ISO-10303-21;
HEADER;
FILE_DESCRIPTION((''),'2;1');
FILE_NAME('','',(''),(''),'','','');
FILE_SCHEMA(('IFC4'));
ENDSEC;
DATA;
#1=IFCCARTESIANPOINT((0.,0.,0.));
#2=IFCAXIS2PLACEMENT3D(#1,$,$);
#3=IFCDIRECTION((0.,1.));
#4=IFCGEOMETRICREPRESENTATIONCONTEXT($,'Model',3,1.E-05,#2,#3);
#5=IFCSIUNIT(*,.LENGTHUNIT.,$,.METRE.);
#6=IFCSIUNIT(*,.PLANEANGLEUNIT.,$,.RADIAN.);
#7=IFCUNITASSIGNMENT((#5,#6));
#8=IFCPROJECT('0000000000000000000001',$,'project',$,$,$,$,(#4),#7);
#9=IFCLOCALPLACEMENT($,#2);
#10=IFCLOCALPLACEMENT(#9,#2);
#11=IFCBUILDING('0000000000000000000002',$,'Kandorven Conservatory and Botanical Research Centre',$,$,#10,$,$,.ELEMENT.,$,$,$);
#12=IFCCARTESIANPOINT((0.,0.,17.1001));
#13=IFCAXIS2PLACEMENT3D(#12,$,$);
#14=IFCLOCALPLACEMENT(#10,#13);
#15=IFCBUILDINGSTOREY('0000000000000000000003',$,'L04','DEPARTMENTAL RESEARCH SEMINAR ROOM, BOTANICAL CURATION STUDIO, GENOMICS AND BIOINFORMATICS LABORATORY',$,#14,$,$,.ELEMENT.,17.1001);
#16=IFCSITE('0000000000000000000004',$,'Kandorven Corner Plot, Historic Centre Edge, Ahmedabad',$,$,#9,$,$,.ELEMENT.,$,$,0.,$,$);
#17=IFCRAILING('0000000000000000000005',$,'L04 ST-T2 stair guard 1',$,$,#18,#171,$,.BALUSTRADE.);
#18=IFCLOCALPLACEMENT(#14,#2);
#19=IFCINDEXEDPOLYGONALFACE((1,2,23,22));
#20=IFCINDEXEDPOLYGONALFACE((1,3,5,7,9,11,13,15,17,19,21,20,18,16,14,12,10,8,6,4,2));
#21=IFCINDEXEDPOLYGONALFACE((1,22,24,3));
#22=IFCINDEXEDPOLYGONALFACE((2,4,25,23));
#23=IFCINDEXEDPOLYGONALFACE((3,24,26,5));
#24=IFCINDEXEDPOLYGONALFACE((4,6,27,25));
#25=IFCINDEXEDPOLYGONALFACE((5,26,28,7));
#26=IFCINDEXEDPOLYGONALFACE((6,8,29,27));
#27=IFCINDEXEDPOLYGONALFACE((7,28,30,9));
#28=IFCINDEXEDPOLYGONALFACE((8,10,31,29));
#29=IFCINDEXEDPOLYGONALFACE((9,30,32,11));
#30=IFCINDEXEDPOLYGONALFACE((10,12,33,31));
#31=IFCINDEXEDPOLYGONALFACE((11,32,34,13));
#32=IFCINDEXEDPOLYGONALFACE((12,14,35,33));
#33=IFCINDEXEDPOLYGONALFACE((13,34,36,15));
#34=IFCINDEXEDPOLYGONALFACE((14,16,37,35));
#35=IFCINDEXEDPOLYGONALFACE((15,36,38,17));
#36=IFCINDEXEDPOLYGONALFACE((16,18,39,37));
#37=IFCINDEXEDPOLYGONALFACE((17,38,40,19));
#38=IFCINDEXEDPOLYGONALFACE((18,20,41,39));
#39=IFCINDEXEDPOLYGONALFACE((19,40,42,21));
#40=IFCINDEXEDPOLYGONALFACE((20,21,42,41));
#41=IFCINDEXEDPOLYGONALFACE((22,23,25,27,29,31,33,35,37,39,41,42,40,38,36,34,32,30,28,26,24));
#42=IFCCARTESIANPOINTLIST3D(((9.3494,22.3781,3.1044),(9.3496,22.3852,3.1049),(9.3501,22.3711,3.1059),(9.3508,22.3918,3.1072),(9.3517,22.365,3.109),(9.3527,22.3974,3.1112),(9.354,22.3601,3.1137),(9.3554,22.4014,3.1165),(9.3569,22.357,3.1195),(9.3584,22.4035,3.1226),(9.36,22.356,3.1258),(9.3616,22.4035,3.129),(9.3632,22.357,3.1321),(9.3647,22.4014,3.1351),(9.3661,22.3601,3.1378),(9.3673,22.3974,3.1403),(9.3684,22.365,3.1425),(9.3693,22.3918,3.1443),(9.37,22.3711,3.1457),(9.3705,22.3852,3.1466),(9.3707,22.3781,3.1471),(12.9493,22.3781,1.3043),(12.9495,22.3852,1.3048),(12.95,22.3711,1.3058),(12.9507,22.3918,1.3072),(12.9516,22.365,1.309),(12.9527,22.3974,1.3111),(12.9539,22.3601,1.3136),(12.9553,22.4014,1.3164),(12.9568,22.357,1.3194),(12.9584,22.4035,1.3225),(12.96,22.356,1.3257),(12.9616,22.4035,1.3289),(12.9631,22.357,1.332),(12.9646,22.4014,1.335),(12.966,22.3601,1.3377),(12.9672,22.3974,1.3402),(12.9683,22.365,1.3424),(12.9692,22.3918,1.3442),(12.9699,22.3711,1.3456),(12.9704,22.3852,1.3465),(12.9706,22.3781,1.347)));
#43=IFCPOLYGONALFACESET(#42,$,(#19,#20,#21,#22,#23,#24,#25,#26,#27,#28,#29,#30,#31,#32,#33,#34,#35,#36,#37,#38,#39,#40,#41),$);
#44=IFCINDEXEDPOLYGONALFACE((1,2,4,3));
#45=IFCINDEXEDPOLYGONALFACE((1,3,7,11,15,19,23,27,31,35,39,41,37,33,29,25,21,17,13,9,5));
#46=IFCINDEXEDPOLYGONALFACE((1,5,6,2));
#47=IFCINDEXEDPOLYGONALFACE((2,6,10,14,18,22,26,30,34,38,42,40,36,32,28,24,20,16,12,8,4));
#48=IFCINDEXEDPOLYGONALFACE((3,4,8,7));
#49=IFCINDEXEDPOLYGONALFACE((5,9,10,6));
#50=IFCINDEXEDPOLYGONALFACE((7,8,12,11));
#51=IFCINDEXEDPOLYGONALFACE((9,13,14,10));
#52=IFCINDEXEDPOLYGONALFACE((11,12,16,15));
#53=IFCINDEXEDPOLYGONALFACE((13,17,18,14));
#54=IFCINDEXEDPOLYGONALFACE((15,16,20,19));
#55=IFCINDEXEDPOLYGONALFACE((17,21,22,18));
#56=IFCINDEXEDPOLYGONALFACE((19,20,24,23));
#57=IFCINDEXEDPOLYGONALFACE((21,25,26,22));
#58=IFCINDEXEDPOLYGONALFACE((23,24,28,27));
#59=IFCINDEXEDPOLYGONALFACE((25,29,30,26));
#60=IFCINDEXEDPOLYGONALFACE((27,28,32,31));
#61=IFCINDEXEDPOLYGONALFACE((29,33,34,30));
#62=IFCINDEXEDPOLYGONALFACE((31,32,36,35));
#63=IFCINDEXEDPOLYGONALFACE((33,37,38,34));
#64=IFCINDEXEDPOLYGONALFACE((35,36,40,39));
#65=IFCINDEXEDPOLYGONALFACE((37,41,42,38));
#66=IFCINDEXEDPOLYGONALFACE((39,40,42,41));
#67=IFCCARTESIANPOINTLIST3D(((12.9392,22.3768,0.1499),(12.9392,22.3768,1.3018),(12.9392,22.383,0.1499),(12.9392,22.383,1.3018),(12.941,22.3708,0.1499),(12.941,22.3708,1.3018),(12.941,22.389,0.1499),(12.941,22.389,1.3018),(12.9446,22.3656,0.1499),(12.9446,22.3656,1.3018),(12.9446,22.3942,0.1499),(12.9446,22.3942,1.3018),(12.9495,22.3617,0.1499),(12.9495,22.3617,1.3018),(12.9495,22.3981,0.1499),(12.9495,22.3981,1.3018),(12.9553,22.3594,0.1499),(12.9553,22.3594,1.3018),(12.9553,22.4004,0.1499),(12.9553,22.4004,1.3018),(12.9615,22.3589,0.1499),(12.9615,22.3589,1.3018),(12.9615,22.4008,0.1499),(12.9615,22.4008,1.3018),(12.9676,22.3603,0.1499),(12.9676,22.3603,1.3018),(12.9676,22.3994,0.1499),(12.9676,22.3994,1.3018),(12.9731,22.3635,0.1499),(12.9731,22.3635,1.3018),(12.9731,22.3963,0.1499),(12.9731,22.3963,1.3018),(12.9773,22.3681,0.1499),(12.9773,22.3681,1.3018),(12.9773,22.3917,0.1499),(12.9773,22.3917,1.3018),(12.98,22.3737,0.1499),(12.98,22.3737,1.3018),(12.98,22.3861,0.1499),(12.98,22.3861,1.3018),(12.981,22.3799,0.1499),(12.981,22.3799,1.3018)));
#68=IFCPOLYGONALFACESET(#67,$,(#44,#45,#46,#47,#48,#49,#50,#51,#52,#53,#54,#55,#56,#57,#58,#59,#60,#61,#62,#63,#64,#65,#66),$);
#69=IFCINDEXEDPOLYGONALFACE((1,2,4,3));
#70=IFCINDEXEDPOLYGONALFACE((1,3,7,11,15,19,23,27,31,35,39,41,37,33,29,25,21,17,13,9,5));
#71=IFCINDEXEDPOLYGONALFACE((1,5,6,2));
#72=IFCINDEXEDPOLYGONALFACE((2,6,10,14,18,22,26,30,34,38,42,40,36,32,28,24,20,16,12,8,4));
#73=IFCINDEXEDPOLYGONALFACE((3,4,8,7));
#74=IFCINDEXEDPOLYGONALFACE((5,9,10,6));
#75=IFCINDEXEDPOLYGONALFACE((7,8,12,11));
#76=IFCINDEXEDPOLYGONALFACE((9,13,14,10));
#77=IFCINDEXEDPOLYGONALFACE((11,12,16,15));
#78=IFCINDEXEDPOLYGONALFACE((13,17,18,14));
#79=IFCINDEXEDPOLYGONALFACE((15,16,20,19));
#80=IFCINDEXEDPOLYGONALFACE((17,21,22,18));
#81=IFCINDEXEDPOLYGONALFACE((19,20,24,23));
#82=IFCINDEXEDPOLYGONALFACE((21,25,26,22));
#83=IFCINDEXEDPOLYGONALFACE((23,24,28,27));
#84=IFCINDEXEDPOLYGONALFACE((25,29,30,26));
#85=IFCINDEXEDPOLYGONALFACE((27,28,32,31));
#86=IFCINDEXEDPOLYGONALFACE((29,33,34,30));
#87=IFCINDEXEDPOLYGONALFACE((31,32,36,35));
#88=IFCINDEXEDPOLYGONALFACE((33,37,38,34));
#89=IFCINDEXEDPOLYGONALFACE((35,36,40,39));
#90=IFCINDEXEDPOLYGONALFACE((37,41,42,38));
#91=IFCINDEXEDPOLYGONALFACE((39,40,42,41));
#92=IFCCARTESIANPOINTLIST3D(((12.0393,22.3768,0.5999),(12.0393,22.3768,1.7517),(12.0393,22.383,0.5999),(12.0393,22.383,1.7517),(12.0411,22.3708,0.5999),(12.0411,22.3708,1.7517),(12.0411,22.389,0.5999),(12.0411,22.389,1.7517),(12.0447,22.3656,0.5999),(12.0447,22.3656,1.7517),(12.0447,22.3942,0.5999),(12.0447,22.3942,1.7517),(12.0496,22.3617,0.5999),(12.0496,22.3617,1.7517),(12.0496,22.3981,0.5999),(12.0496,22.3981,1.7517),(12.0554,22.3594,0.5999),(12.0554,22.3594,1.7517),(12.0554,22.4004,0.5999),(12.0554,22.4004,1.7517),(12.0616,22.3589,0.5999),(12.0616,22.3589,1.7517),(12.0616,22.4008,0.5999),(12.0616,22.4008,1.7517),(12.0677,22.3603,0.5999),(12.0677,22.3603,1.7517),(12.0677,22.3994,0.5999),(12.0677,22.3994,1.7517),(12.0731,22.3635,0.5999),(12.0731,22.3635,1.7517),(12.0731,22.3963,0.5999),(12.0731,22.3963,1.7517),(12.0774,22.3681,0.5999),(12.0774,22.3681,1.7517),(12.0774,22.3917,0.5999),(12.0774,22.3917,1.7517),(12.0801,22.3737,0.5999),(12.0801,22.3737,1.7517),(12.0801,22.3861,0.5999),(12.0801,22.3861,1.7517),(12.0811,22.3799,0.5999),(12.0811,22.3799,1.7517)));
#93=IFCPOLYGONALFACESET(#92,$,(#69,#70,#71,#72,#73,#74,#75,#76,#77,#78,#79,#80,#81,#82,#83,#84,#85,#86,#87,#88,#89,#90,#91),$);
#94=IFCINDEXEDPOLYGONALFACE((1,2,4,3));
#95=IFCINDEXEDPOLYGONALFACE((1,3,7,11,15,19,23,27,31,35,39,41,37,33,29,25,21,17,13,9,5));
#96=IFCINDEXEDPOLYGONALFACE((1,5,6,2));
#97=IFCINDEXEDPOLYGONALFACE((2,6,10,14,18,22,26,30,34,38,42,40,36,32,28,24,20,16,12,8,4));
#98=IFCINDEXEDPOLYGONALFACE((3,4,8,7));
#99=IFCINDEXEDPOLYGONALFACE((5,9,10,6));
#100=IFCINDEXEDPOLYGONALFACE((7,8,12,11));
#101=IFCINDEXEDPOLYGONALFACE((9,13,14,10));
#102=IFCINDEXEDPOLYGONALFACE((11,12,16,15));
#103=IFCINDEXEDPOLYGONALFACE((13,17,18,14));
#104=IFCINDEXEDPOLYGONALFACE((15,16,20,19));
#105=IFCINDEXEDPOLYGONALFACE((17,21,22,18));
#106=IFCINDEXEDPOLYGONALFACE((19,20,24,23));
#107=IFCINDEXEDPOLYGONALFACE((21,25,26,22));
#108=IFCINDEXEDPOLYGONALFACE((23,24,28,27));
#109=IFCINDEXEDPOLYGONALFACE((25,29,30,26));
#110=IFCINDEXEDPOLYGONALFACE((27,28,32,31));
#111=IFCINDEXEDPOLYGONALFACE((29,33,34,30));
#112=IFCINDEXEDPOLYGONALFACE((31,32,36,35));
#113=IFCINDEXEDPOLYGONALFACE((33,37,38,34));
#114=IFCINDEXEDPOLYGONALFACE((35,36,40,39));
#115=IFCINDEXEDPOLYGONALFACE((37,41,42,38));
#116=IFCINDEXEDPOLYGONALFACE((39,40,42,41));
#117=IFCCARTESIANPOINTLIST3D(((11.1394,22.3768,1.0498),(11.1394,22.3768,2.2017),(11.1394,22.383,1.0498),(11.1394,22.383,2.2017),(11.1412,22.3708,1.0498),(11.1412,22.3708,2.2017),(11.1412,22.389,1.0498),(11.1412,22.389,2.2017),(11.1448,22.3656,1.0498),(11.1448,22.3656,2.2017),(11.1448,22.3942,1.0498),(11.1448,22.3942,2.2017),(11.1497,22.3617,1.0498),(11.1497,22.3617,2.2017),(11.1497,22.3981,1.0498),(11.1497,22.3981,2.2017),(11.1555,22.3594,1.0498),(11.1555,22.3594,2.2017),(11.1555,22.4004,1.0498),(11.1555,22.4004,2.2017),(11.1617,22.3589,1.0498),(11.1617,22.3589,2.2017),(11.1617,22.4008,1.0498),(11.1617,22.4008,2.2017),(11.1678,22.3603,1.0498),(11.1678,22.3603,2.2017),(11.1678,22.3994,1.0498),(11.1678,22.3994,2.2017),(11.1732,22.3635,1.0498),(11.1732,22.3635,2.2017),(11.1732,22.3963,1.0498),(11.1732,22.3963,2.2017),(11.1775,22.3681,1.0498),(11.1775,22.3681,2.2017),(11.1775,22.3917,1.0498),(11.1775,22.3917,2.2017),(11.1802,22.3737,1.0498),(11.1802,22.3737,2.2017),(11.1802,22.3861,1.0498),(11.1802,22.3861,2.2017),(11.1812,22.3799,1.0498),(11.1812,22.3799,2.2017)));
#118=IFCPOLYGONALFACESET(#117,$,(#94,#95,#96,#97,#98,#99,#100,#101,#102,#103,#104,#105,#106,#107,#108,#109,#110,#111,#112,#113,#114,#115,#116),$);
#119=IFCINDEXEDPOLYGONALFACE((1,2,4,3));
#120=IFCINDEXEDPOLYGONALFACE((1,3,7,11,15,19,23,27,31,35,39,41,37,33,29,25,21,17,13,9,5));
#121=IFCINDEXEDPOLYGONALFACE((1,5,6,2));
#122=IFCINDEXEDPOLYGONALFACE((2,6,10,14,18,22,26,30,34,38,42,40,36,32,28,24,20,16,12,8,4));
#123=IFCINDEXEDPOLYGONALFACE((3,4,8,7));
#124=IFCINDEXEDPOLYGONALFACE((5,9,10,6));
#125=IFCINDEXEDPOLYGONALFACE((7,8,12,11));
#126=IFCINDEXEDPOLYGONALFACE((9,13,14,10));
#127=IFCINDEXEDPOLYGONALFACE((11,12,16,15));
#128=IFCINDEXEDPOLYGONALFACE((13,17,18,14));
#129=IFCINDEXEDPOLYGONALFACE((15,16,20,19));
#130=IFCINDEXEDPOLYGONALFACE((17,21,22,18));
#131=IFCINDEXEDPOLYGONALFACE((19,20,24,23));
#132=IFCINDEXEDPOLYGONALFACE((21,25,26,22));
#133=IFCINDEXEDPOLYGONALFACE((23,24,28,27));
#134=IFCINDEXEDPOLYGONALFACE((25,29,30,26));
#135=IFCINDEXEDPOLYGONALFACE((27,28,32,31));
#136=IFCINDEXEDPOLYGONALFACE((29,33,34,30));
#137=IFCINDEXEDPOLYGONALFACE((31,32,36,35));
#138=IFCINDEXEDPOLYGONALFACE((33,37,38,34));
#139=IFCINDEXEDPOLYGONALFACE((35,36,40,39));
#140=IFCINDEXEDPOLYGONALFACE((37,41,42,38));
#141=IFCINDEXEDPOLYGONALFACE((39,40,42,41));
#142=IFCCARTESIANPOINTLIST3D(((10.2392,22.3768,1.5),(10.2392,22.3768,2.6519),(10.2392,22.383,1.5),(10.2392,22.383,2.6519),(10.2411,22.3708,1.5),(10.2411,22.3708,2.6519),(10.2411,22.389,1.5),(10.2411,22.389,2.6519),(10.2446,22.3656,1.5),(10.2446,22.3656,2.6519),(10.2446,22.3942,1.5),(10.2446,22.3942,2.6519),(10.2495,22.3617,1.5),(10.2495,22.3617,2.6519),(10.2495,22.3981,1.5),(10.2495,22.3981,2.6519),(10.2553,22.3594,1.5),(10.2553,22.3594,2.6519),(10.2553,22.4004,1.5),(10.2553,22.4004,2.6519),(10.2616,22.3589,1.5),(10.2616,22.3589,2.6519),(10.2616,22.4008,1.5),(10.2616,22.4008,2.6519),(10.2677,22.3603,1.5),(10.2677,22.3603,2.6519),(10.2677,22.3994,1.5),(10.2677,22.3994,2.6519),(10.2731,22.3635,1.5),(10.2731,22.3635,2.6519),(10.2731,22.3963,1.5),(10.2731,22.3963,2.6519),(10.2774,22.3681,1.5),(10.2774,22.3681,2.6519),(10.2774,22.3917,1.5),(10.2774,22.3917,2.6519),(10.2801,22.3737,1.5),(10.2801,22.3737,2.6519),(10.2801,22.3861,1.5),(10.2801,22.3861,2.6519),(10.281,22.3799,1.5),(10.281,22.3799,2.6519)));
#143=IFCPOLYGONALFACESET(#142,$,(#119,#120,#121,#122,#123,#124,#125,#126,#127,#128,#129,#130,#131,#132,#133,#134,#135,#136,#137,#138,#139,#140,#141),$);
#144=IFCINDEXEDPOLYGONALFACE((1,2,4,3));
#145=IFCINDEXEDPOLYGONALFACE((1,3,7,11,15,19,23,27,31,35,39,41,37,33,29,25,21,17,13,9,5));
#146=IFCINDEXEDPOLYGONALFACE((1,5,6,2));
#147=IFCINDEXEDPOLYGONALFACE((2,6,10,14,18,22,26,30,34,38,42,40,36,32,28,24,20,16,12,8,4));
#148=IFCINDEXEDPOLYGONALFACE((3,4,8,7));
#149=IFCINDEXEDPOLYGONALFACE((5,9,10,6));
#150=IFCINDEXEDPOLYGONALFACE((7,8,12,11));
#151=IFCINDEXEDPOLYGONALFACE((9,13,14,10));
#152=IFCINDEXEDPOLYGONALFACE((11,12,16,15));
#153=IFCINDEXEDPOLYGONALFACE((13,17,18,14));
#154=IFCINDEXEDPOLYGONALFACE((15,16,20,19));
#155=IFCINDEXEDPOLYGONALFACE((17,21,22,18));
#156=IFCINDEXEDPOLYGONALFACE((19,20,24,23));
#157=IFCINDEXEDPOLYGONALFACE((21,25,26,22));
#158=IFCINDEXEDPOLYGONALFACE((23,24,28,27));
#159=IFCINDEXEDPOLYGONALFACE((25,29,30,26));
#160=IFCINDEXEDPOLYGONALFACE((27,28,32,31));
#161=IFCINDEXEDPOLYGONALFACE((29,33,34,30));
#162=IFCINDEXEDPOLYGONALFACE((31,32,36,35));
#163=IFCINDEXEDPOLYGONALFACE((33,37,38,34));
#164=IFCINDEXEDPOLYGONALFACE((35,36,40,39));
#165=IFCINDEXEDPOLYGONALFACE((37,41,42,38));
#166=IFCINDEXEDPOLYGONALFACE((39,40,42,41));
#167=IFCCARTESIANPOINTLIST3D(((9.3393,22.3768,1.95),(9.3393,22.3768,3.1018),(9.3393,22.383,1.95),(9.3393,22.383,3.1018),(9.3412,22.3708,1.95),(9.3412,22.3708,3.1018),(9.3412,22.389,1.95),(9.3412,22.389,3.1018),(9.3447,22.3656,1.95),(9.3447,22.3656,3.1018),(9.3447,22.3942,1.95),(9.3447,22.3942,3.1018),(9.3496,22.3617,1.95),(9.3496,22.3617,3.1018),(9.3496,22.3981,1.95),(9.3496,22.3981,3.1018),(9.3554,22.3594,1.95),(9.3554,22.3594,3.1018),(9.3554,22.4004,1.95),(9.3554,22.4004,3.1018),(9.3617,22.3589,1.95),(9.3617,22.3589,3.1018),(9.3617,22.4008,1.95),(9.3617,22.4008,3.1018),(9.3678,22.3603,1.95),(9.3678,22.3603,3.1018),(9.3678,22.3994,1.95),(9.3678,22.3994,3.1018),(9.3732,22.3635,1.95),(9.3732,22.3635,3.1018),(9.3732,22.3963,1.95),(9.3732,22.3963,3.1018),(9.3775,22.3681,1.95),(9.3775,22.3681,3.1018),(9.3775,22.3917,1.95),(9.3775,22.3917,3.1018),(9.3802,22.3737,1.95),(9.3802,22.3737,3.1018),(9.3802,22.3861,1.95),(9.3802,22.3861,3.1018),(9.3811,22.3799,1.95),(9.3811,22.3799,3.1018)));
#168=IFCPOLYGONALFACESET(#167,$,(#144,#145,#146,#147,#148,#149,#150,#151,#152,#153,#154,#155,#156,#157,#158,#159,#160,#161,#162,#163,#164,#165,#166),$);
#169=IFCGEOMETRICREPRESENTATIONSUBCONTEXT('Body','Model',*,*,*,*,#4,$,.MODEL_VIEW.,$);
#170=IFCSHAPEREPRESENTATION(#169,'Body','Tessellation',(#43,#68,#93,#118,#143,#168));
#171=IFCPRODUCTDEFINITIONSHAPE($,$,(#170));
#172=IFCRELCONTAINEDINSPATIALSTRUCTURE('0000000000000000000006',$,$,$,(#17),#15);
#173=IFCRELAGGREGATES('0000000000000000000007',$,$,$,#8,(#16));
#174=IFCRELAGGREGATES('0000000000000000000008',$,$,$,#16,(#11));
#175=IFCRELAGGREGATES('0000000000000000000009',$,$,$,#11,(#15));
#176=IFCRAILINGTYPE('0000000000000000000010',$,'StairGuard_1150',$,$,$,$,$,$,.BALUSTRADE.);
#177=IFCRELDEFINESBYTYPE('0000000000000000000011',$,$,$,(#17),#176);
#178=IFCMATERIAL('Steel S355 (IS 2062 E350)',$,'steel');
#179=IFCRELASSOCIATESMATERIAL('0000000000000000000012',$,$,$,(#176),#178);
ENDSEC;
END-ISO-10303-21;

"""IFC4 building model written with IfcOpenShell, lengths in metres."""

from ifc_helpers import new_model, si_unit, direction, frame, origin, origin_2d, place, context, subcontext, project, spatial, circle, extrude, material, type_object, element, save


model = new_model("IFC4")

# Units and contexts
model_context = context("Model", 3, precision=1e-05, world=origin(), true_north=direction((0.0, 1.0)))
body_context = subcontext(model_context, "Body", "Model", "MODEL_VIEW")
ifc_project = project(units=[si_unit("LENGTHUNIT", "METRE"), si_unit("PLANEANGLEUNIT", "RADIAN")], contexts=[model_context])

# Site, building, storey
site_placement = place(None, origin())
site = spatial("IfcSite", under=ifc_project, at=site_placement, Name="Kandorven Corner Plot, Historic Centre Edge, Ahmedabad", CompositionType="ELEMENT", RefElevation=0.0)
building_placement = place(site_placement, origin())
building = spatial("IfcBuilding", under=site, at=building_placement, Name="Kandorven Conservatory and Botanical Research Centre", CompositionType="ELEMENT")
storey_placement = place(building_placement, frame((0.0, 0.0, 17.1001)))
storey = spatial("IfcBuildingStorey", under=building, at=storey_placement, Name="L04", Description="DEPARTMENTAL RESEARCH SEMINAR ROOM, BOTANICAL CURATION STUDIO, GENOMICS AND BIOINFORMATICS LABORATORY", CompositionType="ELEMENT", Elevation=17.1001)

# Railing
ifc_material_1 = material(Name="Steel S355 (IS 2062 E350)", Category="steel")
railing_type_1 = type_object("IfcRailingType", Name="StairGuard_1150", PredefinedType="BALUSTRADE", material=ifc_material_1)
railing_1_placement = place(storey_placement, frame((12.96, 22.3799, 0.1499)))
element("IfcRailing", 1, at=railing_1_placement, inside=storey, type_object=railing_type_1, Name="L04 ST-T2 stair guard 1", PredefinedType="BALUSTRADE", context=body_context, shape_type="SweptSolid", body=[
    extrude(circle(Radius=0.0239, at=origin_2d()), frame((0.0, 0.0, 1.1758), z_axis=(-0.894415, 0.0, 0.447238), x_axis=(0.0, -1.0, 0.0)), (0.0, 0.0, 1.0), 4.0249),
    extrude(circle(Radius=0.021, at=origin_2d()), origin(), (0.0, 0.0, 1.0), 1.1519),
    extrude(circle(Radius=0.021, at=origin_2d()), frame((-0.8999, 0.0, 0.45)), (0.0, 0.0, 1.0), 1.1519),
    extrude(circle(Radius=0.021, at=origin_2d()), frame((-1.7998, 0.0, 0.8999)), (0.0, 0.0, 1.0), 1.1519),
    extrude(circle(Radius=0.021, at=origin_2d()), frame((-2.7, 0.0, 1.3501)), (0.0, 0.0, 1.0), 1.1519),
    extrude(circle(Radius=0.021, at=origin_2d()), frame((-3.5999, 0.0, 1.8)), (0.0, 0.0, 1.0), 1.1519),
])

save(model, "model.ifc")
